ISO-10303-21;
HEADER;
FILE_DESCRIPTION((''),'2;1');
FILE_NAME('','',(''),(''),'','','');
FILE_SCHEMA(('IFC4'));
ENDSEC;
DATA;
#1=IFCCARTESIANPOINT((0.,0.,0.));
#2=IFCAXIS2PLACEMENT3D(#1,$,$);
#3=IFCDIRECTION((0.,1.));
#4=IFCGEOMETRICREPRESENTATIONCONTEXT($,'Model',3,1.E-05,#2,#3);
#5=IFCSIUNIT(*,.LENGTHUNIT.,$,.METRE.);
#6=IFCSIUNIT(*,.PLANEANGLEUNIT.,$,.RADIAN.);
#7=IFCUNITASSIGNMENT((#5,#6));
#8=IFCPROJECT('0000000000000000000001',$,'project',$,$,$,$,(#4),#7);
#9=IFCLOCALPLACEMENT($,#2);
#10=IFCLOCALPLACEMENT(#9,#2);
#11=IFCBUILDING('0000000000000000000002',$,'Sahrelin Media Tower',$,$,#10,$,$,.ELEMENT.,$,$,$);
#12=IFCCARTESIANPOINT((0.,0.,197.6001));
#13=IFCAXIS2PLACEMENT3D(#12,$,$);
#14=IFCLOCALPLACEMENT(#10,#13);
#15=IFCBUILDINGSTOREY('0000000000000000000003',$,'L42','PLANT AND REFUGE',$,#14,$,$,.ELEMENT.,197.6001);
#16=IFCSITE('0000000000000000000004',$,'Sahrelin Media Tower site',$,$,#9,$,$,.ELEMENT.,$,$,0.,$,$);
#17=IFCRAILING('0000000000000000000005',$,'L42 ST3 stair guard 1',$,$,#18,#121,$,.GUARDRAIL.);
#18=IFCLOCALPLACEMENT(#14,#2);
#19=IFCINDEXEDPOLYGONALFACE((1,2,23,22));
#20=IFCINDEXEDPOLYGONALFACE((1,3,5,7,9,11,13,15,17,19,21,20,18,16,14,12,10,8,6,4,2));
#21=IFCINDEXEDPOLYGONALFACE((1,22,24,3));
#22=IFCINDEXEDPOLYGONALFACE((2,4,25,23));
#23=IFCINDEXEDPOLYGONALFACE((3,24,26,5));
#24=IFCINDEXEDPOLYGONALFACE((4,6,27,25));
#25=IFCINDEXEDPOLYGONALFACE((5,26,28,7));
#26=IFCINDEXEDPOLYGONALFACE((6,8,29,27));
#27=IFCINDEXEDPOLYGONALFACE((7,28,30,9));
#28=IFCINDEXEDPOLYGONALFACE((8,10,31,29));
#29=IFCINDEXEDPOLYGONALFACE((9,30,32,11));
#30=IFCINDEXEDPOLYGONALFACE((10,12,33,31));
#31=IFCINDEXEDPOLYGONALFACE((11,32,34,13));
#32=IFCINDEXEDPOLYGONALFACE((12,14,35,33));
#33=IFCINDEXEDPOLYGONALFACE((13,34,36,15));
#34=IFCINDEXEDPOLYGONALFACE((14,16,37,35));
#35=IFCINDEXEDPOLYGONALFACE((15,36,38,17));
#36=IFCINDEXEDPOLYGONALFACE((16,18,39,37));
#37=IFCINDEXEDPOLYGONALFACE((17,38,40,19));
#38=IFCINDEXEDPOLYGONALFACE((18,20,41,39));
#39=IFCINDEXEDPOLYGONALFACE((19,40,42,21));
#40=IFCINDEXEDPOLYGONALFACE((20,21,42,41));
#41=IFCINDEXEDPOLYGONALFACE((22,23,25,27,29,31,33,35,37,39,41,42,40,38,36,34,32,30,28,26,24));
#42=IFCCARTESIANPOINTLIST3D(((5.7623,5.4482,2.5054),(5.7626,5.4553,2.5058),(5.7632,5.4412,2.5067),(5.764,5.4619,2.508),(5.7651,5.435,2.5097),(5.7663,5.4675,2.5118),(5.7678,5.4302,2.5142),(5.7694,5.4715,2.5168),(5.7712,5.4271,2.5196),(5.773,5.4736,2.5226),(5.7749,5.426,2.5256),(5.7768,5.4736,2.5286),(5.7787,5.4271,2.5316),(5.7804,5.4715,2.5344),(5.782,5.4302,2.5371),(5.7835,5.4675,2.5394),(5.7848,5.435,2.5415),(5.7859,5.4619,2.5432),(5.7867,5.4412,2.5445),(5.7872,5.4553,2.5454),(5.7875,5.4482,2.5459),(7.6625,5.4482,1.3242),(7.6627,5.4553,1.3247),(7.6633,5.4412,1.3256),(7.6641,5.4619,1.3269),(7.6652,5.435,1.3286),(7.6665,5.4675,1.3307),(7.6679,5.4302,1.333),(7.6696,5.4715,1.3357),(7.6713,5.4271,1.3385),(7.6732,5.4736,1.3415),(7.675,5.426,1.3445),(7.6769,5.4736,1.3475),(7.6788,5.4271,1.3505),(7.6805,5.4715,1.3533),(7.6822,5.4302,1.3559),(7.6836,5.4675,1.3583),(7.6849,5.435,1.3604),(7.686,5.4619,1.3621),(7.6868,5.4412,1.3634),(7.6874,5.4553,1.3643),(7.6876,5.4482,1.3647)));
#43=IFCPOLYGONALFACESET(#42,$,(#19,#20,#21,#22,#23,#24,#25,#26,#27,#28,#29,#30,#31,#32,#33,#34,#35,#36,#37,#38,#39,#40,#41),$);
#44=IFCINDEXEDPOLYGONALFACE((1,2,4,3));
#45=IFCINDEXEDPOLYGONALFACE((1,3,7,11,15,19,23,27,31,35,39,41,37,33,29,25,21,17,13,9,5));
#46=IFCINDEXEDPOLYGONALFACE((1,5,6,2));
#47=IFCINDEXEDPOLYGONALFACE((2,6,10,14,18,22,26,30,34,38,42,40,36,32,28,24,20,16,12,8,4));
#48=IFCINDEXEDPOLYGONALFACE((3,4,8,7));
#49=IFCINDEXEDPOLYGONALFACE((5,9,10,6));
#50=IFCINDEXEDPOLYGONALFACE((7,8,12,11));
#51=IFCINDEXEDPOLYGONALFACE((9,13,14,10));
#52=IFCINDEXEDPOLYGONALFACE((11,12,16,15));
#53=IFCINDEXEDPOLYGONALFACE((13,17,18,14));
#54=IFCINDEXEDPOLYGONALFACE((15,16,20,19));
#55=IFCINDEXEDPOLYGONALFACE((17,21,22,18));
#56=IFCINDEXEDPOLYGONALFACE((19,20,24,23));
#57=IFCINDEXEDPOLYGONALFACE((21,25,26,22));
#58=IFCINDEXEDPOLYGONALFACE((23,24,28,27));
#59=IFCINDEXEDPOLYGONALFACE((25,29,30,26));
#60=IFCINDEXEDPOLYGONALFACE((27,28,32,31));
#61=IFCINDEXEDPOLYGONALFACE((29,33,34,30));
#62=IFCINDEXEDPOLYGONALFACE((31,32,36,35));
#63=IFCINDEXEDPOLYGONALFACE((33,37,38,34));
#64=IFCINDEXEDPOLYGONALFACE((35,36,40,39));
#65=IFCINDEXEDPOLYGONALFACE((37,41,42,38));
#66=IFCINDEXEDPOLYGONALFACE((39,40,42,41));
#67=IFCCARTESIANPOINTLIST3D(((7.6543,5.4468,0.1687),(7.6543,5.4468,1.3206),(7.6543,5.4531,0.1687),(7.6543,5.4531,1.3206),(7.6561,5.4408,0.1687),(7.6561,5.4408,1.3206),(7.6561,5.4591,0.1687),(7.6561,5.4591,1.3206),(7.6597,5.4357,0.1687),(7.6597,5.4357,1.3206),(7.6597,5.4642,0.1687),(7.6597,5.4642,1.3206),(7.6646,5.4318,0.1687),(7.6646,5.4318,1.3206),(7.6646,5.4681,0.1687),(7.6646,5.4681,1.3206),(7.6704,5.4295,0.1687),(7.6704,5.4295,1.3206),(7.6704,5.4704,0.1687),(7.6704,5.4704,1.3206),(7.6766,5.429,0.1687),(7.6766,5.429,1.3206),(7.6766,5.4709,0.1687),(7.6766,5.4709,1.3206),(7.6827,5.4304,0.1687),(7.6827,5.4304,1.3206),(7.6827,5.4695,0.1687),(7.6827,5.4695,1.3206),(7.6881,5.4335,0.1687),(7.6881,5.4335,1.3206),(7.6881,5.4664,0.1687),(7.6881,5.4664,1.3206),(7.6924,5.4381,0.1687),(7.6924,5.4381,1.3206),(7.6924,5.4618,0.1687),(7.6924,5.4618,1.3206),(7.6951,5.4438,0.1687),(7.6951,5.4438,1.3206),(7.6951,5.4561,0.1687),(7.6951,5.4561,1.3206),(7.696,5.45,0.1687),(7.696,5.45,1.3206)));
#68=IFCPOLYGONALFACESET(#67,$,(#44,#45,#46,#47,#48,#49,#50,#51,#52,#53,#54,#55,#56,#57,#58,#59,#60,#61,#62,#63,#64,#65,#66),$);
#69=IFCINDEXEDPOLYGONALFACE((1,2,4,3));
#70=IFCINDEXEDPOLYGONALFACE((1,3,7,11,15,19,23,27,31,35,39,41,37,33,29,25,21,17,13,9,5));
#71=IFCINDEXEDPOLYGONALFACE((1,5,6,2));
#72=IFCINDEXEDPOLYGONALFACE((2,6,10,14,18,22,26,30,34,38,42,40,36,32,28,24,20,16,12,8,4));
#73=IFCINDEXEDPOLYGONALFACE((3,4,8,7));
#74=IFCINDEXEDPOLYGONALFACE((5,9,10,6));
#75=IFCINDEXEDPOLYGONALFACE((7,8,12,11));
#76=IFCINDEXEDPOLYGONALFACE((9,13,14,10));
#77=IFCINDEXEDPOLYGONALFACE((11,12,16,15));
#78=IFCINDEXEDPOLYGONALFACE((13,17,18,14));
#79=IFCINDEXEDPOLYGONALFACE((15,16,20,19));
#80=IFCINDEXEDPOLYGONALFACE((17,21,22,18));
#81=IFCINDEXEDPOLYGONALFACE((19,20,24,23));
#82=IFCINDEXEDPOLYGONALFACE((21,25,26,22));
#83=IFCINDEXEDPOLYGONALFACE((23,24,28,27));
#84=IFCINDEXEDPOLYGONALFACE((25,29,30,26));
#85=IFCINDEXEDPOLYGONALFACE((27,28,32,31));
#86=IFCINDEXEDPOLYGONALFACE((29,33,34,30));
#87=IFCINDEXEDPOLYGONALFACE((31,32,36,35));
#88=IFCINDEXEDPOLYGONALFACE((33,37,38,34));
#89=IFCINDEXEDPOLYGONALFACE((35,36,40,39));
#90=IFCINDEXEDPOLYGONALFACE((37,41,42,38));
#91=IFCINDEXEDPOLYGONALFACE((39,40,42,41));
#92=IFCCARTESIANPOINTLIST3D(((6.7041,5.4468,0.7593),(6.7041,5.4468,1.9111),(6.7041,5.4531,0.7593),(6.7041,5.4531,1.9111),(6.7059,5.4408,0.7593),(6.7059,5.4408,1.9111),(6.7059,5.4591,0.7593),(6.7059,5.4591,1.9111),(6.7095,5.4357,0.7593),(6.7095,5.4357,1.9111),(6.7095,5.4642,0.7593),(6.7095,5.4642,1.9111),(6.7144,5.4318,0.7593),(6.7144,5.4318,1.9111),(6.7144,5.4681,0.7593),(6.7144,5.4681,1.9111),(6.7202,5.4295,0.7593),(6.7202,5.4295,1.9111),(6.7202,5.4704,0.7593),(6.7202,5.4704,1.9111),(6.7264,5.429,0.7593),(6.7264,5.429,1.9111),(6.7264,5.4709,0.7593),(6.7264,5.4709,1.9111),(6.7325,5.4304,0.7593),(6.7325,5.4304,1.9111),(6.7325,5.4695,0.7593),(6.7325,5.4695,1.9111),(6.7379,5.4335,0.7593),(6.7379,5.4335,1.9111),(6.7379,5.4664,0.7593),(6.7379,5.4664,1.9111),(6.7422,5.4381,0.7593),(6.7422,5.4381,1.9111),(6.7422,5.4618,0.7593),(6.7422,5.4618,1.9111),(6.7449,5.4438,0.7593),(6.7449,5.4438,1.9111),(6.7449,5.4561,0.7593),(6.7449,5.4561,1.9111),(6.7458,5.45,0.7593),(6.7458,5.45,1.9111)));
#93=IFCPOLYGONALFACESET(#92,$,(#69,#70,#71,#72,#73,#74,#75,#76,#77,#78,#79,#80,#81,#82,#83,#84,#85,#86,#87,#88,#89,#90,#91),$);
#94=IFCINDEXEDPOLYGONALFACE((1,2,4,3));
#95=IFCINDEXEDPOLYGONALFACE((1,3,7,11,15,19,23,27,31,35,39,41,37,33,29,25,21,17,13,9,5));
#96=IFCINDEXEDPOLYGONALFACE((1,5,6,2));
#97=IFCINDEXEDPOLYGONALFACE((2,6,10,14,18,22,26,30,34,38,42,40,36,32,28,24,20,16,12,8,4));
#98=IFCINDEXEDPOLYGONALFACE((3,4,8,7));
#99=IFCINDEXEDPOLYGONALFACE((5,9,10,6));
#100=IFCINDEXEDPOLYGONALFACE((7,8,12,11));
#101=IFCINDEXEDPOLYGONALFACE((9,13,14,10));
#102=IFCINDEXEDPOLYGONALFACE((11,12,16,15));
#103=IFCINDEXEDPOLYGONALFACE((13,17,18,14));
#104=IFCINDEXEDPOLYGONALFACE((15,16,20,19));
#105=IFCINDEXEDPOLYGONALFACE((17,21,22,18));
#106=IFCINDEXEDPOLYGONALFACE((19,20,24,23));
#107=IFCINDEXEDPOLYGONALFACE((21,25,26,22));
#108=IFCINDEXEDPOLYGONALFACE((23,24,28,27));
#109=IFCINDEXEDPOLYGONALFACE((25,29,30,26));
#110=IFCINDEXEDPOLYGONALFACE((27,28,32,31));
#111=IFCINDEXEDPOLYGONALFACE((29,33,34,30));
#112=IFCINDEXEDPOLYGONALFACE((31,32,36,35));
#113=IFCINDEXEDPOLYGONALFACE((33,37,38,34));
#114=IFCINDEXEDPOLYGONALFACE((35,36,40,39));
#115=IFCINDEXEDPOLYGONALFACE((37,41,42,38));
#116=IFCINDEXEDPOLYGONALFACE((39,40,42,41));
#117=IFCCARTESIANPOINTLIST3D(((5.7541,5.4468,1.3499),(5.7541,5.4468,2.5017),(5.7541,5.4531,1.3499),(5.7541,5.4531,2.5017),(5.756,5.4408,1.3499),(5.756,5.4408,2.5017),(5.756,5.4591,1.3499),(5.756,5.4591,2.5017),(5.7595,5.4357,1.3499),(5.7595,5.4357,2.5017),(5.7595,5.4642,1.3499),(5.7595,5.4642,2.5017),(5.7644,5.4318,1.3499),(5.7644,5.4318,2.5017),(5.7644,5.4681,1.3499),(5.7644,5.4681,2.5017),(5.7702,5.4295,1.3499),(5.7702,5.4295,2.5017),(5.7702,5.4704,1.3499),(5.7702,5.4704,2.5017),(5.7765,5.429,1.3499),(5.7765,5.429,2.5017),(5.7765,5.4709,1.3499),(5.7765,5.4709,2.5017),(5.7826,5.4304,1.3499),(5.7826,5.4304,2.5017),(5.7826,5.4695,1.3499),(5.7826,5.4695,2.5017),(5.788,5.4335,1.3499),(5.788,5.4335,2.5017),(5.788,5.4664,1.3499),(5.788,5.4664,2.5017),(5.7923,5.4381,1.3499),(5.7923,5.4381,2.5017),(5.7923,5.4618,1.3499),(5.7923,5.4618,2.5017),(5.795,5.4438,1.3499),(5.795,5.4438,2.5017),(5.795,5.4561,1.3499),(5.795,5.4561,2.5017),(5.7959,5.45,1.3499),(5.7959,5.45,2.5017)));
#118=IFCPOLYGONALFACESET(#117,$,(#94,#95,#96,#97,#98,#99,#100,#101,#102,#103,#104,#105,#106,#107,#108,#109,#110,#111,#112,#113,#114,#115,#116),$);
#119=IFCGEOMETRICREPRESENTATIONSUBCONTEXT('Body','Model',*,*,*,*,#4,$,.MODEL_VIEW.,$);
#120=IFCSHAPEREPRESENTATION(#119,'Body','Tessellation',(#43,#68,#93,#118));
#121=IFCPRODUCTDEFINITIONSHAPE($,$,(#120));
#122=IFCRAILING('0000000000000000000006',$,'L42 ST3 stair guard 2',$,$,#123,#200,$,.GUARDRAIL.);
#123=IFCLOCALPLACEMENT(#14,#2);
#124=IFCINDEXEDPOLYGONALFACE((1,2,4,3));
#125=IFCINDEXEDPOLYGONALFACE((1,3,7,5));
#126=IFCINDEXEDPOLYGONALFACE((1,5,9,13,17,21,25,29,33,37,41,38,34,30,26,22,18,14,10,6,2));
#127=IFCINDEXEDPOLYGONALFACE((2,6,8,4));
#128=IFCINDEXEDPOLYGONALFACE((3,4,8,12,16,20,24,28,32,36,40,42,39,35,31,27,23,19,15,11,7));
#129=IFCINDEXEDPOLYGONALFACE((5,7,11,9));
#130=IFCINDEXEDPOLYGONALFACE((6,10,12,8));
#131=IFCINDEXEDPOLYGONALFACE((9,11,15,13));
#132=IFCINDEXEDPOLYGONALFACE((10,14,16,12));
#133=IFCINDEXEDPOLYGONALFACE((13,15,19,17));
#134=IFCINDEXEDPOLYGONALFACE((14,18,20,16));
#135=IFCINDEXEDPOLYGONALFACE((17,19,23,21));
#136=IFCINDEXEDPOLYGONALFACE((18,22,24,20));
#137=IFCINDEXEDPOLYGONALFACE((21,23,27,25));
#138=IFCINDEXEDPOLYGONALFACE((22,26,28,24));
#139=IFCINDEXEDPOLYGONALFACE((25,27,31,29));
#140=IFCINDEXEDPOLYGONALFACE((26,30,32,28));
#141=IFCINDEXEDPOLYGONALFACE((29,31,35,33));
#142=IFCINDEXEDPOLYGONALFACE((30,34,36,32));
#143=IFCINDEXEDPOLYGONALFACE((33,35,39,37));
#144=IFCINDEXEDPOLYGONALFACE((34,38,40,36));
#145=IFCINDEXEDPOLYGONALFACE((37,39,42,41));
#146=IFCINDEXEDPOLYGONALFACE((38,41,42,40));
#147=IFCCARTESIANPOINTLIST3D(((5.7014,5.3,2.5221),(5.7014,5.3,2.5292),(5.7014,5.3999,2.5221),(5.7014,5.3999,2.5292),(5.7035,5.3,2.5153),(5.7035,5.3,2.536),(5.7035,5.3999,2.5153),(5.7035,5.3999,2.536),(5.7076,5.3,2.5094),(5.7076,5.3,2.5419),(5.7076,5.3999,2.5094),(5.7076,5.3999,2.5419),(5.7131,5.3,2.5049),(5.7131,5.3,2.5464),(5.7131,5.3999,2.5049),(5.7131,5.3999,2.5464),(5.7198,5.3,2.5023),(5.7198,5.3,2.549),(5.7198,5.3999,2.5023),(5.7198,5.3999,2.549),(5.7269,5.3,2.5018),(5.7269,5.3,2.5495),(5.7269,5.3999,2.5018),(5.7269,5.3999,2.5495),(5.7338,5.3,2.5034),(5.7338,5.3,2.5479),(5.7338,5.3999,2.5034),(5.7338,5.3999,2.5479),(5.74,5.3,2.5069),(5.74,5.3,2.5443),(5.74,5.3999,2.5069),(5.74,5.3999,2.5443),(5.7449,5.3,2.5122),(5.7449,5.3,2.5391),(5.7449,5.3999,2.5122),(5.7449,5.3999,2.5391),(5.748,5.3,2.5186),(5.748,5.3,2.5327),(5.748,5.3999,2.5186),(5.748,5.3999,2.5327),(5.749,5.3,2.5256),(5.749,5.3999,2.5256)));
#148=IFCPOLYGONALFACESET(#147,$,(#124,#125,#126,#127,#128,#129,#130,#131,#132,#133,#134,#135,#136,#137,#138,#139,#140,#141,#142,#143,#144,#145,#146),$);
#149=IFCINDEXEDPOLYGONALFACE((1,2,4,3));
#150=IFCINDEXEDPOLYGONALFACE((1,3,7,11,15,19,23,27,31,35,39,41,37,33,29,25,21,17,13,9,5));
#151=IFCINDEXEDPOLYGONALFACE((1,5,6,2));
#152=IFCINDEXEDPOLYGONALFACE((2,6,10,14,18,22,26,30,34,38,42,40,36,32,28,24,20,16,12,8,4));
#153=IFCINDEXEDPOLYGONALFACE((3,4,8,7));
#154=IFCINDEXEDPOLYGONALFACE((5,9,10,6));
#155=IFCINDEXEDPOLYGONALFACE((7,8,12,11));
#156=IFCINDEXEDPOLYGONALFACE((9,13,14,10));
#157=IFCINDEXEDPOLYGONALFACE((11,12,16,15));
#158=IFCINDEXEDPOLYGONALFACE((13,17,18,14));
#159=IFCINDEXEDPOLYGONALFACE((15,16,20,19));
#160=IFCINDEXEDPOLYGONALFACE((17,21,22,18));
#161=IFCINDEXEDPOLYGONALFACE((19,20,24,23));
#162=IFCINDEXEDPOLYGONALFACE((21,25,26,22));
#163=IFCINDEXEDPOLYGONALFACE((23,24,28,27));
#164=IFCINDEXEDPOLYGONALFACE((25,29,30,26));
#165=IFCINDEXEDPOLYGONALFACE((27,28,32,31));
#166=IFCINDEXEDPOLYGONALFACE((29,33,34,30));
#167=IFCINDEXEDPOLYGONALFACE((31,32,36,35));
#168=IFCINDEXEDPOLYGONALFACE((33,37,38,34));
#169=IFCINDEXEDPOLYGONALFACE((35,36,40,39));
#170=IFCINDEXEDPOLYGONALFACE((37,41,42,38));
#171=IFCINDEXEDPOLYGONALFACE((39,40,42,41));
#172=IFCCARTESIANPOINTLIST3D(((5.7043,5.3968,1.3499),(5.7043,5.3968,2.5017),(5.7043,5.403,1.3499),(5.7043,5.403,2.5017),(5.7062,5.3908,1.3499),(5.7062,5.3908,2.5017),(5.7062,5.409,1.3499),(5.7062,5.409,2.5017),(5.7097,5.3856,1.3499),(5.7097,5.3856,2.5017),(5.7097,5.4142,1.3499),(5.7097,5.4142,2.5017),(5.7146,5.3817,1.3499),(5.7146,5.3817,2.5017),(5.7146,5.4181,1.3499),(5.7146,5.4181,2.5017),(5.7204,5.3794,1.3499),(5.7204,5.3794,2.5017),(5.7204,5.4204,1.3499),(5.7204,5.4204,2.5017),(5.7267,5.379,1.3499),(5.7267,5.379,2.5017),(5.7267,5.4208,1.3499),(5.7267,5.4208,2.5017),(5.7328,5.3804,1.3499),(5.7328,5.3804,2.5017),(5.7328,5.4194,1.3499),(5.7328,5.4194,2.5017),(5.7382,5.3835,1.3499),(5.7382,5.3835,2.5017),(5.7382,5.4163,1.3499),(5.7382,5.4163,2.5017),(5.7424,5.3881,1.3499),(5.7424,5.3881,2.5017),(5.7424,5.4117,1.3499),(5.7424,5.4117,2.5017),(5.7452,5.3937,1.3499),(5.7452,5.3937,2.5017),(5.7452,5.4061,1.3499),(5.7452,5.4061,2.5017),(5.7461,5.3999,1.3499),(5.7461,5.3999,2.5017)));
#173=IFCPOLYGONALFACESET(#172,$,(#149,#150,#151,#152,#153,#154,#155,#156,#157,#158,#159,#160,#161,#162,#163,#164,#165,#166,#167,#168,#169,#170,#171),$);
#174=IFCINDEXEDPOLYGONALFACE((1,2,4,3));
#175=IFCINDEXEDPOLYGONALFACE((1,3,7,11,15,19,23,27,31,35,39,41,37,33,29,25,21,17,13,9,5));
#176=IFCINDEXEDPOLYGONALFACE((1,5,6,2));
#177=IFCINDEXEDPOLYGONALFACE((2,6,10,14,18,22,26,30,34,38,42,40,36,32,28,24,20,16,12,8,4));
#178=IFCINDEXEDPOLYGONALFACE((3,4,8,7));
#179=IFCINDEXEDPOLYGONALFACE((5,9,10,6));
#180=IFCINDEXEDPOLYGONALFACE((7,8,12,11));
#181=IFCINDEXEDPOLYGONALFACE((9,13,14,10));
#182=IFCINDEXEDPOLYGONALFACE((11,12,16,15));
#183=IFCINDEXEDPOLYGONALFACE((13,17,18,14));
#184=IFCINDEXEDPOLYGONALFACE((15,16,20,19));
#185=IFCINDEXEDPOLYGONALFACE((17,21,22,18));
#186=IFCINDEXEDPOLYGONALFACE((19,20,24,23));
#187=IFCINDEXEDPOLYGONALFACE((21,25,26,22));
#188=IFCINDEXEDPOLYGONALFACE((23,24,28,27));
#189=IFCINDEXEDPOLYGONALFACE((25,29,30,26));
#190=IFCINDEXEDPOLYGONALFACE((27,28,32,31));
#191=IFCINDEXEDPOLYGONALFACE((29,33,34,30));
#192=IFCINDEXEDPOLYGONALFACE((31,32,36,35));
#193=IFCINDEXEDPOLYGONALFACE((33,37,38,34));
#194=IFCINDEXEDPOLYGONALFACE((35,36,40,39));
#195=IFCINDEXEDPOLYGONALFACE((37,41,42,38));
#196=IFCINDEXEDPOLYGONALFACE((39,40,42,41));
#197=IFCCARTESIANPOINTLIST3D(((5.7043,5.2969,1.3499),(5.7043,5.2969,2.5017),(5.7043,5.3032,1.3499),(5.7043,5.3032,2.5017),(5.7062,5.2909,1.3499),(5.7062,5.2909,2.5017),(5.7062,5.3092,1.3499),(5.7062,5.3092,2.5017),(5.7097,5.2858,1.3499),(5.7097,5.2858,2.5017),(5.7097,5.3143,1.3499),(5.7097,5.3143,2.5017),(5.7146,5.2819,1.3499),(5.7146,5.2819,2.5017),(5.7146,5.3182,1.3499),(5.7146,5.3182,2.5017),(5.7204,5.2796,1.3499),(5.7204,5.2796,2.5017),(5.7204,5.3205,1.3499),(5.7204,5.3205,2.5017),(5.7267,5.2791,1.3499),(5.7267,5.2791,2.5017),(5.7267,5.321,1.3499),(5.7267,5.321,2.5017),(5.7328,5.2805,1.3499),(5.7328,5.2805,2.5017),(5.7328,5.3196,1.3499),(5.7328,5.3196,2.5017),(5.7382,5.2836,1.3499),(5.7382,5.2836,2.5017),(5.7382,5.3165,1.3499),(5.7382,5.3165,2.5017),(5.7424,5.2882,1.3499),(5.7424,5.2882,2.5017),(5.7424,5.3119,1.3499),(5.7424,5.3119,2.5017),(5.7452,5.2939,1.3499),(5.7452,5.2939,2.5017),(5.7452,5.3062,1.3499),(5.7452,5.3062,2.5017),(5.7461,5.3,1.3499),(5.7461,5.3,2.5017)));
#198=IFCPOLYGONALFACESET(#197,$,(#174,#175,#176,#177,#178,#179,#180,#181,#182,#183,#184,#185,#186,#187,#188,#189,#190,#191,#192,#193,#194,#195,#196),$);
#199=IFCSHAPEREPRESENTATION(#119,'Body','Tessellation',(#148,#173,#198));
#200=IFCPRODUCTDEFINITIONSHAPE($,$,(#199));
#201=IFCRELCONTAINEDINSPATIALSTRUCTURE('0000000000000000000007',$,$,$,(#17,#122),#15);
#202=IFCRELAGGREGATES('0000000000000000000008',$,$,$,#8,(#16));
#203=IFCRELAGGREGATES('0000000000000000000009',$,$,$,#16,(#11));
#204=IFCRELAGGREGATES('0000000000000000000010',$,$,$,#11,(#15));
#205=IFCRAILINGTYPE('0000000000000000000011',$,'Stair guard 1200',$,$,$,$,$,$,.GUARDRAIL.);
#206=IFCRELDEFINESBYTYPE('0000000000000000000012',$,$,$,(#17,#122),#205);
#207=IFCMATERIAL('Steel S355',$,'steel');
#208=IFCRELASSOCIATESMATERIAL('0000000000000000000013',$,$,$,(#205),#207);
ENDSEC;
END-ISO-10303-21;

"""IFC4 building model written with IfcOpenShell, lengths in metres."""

from ifc_helpers import new_model, si_unit, direction, frame, origin, origin_2d, place, context, subcontext, project, spatial, circle, extrude, material, type_object, element, save


model = new_model("IFC4")

# Units and contexts
model_context = context("Model", 3, precision=1e-05, world=origin(), true_north=direction((0.0, 1.0)))
body_context = subcontext(model_context, "Body", "Model", "MODEL_VIEW")
ifc_project = project(units=[si_unit("LENGTHUNIT", "METRE"), si_unit("PLANEANGLEUNIT", "RADIAN")], contexts=[model_context])

# Site, building, storey
site_placement = place(None, origin())
site = spatial("IfcSite", under=ifc_project, at=site_placement, Name="Sahrelin Media Tower site", CompositionType="ELEMENT", RefElevation=0.0)
building_placement = place(site_placement, origin())
building = spatial("IfcBuilding", under=site, at=building_placement, Name="Sahrelin Media Tower", CompositionType="ELEMENT")
storey_placement = place(building_placement, frame((0.0, 0.0, 197.6001)))
storey = spatial("IfcBuildingStorey", under=building, at=storey_placement, Name="L42", Description="PLANT AND REFUGE", CompositionType="ELEMENT", Elevation=197.6001)

# Shared definitions
ifc_material_1 = material(Name="Steel S355", Category="steel")

# Railings
railing_type_1 = type_object("IfcRailingType", Name="Stair guard 1200", PredefinedType="GUARDRAIL", material=ifc_material_1)
railing_1_placement = place(storey_placement, frame((7.675, 5.45, 0.1687)))
element("IfcRailing", 1, at=railing_1_placement, inside=storey, type_object=railing_type_1, Name="L42 ST3 stair guard 1", PredefinedType="GUARDRAIL", context=body_context, shape_type="SweptSolid", body=[
    extrude(circle(Radius=0.0239, at=origin_2d()), frame((0.0, 0.0, 1.1758), z_axis=(-0.849289, 0.0, 0.527928), x_axis=(0.0, -1.0, 0.0)), (0.0, 0.0, 1.0), 2.2373),
    extrude(circle(Radius=0.021, at=origin_2d()), origin(), (0.0, 0.0, 1.0), 1.1519),
    extrude(circle(Radius=0.021, at=origin_2d()), frame((-0.9502, 0.0, 0.5906)), (0.0, 0.0, 1.0), 1.1519),
    extrude(circle(Radius=0.021, at=origin_2d()), frame((-1.9001, 0.0, 1.1812)), (0.0, 0.0, 1.0), 1.1519),
])
for number, where, name in (
    (2, (5.7251, 5.3999, 1.3499), "L42 ST3 stair guard 2"),
):
    element("IfcRailing", number, at=place(storey_placement, frame(where)), inside=storey, type_object=railing_type_1, Name=name, PredefinedType="GUARDRAIL", context=body_context, shape_type="SweptSolid", body=[
        extrude(circle(Radius=0.0239, at=origin_2d()), frame((0.0, 0.0, 1.1758), z_axis=(0.0, -1.0, 0.0), x_axis=(1.0, 0.0, 0.0)), (0.0, 0.0, 1.0), 0.0999),
        extrude(circle(Radius=0.021, at=origin_2d()), origin(), (0.0, 0.0, 1.0), 1.1519),
        extrude(circle(Radius=0.021, at=origin_2d()), frame((0.0, -0.0999, 0.0)), (0.0, 0.0, 1.0), 1.1519),
    ])

save(model, "model.ifc")
